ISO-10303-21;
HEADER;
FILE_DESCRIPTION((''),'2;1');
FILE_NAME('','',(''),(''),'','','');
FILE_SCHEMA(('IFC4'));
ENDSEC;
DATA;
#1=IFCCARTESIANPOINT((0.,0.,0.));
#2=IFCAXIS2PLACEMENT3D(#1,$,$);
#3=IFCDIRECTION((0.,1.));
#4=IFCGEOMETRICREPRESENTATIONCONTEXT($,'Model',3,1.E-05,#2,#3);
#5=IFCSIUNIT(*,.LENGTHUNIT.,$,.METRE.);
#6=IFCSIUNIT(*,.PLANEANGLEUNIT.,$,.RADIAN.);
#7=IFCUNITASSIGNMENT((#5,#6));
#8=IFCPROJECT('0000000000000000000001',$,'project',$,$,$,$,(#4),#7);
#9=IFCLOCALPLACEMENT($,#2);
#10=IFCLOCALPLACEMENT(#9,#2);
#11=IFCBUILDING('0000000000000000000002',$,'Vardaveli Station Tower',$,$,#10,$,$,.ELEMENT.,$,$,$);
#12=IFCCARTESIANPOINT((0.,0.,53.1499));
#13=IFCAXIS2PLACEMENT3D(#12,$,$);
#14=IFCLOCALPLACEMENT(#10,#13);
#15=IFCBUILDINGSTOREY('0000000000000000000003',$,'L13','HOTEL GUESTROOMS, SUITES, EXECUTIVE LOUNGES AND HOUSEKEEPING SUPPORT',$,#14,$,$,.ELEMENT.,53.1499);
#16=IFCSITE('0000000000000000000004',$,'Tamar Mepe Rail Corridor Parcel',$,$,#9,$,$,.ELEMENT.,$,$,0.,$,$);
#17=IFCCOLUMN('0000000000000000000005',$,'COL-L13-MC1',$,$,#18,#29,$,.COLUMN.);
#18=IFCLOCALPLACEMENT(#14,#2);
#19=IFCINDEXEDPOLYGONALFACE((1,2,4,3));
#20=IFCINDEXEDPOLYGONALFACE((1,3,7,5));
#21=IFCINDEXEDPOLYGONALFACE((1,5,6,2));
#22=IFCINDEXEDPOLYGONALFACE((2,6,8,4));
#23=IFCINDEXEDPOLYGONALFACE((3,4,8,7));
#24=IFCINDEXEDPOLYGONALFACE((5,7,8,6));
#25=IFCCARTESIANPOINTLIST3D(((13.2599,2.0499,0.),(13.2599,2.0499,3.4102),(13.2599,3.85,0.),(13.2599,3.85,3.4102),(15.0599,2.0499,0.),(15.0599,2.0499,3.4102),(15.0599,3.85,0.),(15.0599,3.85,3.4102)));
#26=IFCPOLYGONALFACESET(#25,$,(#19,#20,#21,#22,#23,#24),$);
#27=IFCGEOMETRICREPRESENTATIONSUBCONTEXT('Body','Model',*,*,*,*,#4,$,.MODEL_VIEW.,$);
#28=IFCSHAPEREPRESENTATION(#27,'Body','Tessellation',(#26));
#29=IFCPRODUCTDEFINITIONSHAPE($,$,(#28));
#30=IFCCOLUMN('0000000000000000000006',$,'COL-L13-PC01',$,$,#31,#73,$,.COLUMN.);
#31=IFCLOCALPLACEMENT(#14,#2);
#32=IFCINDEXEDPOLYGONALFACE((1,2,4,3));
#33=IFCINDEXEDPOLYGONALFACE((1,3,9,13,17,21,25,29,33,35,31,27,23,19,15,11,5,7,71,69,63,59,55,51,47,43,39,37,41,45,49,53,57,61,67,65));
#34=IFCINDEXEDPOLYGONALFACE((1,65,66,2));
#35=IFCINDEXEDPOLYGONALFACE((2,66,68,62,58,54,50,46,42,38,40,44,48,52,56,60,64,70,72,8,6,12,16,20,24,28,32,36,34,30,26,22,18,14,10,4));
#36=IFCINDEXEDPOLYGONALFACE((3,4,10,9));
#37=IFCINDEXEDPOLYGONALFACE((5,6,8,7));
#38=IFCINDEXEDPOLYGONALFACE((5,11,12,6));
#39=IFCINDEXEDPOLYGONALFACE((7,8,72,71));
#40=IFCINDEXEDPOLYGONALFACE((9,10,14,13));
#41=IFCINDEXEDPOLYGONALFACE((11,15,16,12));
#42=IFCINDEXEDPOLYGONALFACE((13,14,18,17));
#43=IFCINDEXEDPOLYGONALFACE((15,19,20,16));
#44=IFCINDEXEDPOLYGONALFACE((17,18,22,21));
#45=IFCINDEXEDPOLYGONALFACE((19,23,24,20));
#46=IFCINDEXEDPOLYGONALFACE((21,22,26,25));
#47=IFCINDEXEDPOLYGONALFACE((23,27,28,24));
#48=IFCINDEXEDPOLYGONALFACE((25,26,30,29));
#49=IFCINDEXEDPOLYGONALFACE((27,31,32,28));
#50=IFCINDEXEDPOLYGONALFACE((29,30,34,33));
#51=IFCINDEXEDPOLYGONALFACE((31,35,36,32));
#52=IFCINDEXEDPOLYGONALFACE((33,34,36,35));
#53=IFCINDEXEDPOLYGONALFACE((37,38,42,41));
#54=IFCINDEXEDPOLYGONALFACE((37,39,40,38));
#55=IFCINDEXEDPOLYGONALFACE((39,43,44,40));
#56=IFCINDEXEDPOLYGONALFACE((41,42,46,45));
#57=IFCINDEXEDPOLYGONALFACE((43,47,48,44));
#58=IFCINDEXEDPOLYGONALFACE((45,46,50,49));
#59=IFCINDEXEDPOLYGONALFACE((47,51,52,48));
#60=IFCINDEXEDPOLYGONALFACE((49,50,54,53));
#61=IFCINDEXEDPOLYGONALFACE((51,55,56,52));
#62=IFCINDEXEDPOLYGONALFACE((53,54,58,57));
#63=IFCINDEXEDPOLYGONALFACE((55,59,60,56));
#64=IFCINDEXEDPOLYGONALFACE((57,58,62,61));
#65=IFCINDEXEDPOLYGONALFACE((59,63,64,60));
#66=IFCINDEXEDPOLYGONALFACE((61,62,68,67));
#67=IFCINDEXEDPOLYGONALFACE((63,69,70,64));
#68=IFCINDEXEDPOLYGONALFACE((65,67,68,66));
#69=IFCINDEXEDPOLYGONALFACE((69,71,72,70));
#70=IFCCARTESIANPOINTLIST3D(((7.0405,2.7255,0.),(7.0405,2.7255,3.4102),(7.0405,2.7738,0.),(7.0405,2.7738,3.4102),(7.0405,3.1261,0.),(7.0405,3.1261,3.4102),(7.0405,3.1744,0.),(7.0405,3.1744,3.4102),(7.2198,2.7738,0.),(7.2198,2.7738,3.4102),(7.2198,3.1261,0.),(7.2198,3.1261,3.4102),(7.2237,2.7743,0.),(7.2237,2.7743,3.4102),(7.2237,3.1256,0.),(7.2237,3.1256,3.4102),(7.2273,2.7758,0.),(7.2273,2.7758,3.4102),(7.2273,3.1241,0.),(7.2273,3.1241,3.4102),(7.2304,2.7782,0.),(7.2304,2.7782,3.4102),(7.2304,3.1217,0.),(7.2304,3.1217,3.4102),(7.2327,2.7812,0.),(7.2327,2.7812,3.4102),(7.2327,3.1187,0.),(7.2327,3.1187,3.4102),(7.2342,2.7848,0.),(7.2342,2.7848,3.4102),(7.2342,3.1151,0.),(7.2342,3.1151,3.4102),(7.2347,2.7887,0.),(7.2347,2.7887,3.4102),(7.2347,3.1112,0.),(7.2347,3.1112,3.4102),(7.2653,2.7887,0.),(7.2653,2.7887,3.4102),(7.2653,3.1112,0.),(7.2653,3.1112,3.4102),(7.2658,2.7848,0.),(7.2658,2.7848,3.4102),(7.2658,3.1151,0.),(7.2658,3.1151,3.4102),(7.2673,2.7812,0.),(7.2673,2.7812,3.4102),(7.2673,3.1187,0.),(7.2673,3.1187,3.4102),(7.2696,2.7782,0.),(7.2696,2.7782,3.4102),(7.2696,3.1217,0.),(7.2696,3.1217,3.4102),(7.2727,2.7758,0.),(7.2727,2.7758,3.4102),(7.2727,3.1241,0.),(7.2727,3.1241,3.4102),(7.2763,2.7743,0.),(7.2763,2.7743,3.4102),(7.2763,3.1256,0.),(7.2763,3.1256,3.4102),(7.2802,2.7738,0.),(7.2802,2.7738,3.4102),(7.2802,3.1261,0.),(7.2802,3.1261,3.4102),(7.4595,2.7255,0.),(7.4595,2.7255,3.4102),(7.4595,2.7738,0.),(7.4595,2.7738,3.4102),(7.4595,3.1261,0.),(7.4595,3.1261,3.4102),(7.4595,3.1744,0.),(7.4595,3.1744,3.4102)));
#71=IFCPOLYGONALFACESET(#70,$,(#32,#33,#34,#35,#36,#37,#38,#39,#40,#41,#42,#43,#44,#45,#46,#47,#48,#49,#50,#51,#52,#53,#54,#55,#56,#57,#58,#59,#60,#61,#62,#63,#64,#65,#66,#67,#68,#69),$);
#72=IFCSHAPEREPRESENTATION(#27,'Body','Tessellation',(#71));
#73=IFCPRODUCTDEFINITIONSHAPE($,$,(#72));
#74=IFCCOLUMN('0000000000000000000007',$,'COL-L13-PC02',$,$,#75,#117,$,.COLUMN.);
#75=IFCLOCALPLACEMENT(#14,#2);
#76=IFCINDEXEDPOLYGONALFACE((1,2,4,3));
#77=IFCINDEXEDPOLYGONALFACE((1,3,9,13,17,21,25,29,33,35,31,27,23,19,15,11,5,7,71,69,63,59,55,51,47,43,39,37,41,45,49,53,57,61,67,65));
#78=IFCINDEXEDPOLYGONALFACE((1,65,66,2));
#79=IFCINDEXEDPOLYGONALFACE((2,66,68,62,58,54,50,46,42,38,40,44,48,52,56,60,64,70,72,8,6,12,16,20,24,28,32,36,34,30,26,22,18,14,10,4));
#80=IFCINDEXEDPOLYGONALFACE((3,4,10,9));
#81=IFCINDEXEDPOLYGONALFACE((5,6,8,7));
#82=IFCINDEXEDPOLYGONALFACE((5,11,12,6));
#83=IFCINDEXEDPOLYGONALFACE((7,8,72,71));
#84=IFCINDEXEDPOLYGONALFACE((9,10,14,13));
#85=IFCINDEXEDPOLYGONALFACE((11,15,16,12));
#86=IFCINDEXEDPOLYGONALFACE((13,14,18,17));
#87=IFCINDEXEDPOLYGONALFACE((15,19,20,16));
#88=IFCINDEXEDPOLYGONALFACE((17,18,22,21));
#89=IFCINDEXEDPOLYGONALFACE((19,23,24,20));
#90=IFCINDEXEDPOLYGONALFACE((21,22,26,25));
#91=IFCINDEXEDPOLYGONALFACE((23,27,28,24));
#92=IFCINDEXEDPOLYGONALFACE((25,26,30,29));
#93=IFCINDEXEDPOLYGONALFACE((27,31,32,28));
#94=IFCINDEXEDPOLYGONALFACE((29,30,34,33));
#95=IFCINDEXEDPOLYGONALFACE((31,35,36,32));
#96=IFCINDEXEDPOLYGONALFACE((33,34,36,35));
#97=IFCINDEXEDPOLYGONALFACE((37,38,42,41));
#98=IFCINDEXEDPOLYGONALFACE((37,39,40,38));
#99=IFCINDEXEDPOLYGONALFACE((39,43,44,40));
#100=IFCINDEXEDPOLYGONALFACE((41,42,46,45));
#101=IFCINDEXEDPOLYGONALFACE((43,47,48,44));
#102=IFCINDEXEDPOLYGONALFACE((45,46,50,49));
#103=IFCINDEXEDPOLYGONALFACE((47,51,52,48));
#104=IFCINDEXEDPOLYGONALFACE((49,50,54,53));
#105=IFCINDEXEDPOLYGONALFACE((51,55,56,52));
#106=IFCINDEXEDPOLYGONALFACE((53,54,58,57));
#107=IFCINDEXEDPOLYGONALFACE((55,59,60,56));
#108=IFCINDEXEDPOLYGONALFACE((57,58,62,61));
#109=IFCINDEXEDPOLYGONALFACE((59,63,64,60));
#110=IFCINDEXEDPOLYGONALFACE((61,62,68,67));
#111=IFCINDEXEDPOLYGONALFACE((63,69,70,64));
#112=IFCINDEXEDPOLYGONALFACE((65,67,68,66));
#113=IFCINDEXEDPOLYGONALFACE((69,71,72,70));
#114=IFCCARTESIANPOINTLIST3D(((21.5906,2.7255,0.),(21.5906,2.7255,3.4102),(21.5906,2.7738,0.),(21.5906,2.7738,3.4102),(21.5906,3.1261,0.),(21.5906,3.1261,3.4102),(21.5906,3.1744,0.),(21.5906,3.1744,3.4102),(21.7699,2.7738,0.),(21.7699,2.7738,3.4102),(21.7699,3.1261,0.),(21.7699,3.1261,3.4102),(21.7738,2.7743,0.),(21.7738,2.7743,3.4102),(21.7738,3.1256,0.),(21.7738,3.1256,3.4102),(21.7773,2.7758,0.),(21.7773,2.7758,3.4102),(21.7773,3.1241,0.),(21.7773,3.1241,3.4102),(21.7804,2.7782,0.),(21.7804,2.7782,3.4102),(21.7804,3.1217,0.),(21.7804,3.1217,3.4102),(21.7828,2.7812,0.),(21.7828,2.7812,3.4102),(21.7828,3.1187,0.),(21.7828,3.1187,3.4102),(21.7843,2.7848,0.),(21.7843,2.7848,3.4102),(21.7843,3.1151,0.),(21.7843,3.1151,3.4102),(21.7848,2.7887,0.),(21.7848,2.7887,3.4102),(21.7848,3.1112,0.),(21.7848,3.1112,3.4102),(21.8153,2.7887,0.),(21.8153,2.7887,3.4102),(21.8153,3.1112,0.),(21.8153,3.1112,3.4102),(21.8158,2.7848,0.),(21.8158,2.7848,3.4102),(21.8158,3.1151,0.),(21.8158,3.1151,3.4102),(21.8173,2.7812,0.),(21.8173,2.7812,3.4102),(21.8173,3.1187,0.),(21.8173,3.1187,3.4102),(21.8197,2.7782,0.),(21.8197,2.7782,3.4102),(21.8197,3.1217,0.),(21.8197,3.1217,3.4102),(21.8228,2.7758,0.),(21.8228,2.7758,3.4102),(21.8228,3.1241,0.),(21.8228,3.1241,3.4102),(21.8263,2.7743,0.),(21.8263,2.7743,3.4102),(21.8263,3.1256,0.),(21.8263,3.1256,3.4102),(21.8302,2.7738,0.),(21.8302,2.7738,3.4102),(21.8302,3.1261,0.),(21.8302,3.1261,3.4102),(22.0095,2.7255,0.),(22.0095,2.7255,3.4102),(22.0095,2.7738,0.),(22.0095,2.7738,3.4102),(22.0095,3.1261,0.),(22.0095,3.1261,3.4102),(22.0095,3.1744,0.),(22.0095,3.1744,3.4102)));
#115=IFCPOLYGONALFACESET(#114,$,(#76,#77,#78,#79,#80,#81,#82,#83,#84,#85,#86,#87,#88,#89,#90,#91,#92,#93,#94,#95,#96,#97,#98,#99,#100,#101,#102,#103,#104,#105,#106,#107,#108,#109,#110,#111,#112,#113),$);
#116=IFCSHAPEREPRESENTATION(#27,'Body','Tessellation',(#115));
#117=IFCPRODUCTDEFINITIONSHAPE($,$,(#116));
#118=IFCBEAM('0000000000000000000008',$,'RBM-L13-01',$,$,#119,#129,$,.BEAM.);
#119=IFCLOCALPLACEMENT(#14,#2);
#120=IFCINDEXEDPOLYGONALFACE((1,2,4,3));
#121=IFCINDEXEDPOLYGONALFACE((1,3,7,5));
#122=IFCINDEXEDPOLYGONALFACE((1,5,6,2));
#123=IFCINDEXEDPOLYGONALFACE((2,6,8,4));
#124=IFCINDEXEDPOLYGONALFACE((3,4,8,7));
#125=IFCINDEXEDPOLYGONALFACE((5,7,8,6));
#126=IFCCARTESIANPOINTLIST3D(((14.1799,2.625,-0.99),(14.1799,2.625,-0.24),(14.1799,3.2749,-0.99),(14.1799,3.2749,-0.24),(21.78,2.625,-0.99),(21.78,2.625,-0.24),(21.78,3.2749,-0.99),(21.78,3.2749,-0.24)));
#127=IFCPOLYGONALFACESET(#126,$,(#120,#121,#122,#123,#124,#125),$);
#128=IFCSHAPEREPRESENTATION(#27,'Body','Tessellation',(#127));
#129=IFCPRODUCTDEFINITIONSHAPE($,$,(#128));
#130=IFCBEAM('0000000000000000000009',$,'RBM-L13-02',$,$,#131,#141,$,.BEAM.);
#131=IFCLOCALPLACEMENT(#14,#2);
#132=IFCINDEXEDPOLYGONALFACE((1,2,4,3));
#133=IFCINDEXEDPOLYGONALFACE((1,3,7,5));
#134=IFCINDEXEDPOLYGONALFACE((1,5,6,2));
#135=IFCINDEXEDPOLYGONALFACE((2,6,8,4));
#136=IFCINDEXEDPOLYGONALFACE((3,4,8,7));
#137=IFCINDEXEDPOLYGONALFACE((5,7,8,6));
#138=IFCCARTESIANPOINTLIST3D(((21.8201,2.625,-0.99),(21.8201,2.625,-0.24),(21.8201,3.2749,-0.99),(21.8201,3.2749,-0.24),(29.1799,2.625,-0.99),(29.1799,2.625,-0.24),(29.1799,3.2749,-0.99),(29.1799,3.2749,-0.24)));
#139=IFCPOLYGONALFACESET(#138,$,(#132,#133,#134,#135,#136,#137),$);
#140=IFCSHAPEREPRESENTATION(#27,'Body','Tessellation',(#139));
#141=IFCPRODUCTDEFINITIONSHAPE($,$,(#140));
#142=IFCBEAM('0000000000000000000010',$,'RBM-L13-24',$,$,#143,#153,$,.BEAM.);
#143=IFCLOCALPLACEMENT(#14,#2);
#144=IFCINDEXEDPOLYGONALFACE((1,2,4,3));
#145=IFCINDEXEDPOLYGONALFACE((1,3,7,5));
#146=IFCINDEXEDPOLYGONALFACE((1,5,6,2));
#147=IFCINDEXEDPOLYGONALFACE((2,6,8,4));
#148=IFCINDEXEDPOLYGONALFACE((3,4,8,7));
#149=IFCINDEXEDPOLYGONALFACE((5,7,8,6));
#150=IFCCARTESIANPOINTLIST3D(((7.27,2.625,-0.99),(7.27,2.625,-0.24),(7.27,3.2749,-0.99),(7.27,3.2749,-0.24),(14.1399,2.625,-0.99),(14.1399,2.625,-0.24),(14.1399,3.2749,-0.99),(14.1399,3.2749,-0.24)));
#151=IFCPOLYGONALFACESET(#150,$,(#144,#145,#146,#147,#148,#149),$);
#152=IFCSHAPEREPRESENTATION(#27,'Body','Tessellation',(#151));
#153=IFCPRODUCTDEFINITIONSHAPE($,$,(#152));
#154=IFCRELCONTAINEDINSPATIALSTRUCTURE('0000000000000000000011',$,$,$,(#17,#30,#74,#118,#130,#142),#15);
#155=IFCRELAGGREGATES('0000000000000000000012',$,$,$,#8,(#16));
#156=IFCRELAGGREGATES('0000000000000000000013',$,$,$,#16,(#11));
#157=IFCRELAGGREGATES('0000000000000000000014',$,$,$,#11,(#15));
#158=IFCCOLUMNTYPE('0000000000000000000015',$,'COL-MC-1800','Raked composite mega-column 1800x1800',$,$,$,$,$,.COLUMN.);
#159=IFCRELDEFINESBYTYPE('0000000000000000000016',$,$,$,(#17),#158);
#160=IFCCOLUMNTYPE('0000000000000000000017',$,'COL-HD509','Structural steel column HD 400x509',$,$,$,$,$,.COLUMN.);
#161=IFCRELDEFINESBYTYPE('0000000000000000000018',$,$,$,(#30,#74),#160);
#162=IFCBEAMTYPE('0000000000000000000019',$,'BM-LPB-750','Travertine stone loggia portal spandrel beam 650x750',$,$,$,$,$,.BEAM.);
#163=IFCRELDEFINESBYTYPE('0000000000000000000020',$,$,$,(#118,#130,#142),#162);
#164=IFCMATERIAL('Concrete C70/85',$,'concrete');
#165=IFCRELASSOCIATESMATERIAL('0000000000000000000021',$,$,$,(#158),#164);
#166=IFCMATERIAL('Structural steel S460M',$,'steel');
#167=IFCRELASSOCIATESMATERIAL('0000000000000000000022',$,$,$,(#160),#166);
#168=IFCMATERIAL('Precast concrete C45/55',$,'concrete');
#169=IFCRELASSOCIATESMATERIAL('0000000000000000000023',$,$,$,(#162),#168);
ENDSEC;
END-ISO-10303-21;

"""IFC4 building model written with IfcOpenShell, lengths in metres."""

from ifc_helpers import new_model, si_unit, direction, frame, origin, origin_2d, place, context, subcontext, project, spatial, rectangle, i_section, extrude, source, transform, mapped, material, material_profile, profile_set, type_object, element, save


model = new_model("IFC4")

# Units and contexts
model_context = context("Model", 3, precision=1e-05, world=origin(), true_north=direction((0.0, 1.0)))
body_context = subcontext(model_context, "Body", "Model", "MODEL_VIEW")
ifc_project = project(units=[si_unit("LENGTHUNIT", "METRE"), si_unit("PLANEANGLEUNIT", "RADIAN")], contexts=[model_context])

# Site, building, storey
site_placement = place(None, origin())
site = spatial("IfcSite", under=ifc_project, at=site_placement, Name="Tamar Mepe Rail Corridor Parcel", CompositionType="ELEMENT", RefElevation=0.0)
building_placement = place(site_placement, origin())
building = spatial("IfcBuilding", under=site, at=building_placement, Name="Vardaveli Station Tower", CompositionType="ELEMENT")
storey_placement = place(building_placement, frame((0.0, 0.0, 53.1499)))
storey = spatial("IfcBuildingStorey", under=building, at=storey_placement, Name="L13", Description="HOTEL GUESTROOMS, SUITES, EXECUTIVE LOUNGES AND HOUSEKEEPING SUPPORT", CompositionType="ELEMENT", Elevation=53.1499)

# Columns
ifc_material_1 = material(Name="Concrete C70/85", Category="concrete")
ifc_material_profile_1 = material_profile(ifc_material_1, rectangle(XDim=1.8, YDim=1.8, at=origin_2d()), Name="MC 1800x1800")
ifc_profile_set_1 = profile_set([ifc_material_profile_1], Name="Concrete C70/85")
column_type_1 = type_object("IfcColumnType", Name="COL-MC-1800", Description="Raked composite mega-column 1800x1800", PredefinedType="COLUMN", material=ifc_profile_set_1)
shared_shape_1 = source(origin(), body_context, "Body", "SweptSolid", [
    extrude(rectangle(XDim=1.8, YDim=1.8, at=origin_2d()), origin(), (0.0, 0.0, 1.0), 3.4102),
])
column_placement = place(storey_placement, frame((14.1599, 2.95, 0.0), z_axis=(0.0, 0.0, 1.0), x_axis=(1.0, 0.0, 0.0)))
element("IfcColumn", 1, at=column_placement, inside=storey, type_object=column_type_1, Name="COL-L13-MC1", PredefinedType="COLUMN", context=body_context, shape_type="MappedRepresentation", body=[
    mapped(shared_shape_1, transform((0.0, 0.0, 0.0), scale=1.0)),
])
ifc_material_2 = material(Name="Structural steel S460M", Category="steel")
ifc_material_profile_2 = material_profile(ifc_material_2, i_section(OverallWidth=0.4189, OverallDepth=0.449, WebThickness=0.0305, FlangeThickness=0.0483, FilletRadius=0.0149, at=origin_2d()), Name="HD 400x509")
ifc_profile_set_2 = profile_set([ifc_material_profile_2], Name="Structural steel S460M")
column_type_2 = type_object("IfcColumnType", Name="COL-HD509", Description="Structural steel column HD 400x509", PredefinedType="COLUMN", material=ifc_profile_set_2)
shared_shape_2 = source(origin(), body_context, "Body", "SweptSolid", [
    extrude(i_section(OverallWidth=0.4189, OverallDepth=0.449, WebThickness=0.0305, FlangeThickness=0.0483, FilletRadius=0.0149, at=origin_2d()), origin(), (0.0, 0.0, 1.0), 3.4102),
])
for number, where, z_axis, x_axis, name in (
    (2, (7.25, 2.95, 0.0), (0.0, 0.0, 1.0), (1.0, 0.0, 0.0), "COL-L13-PC01"),
    (3, (21.8, 2.95, 0.0), (0.0, 0.0, 1.0), (1.0, 0.0, 0.0), "COL-L13-PC02"),
):
    element("IfcColumn", number, at=place(storey_placement, frame(where, z_axis=z_axis, x_axis=x_axis)), inside=storey, type_object=column_type_2, Name=name, PredefinedType="COLUMN", context=body_context, shape_type="MappedRepresentation", body=[
        mapped(shared_shape_2, transform((0.0, 0.0, 0.0), scale=1.0)),
    ])

# Beams
ifc_material_3 = material(Name="Precast concrete C45/55", Category="concrete")
ifc_material_profile_3 = material_profile(ifc_material_3, rectangle(XDim=0.6499, YDim=0.75, at=origin_2d()), Name="LPB 650x750")
ifc_profile_set_3 = profile_set([ifc_material_profile_3], Name="Precast concrete C45/55")
beam_type_1 = type_object("IfcBeamType", Name="BM-LPB-750", Description="Travertine stone loggia portal spandrel beam 650x750", PredefinedType="BEAM", material=ifc_profile_set_3)
shared_shape_3 = source(origin(), body_context, "Body", "SweptSolid", [
    extrude(rectangle(XDim=0.6499, YDim=0.75, at=origin_2d()), origin(), (0.0, 0.0, 1.0), 7.6001),
])
beam_1_placement = place(storey_placement, frame((14.1799, 2.95, -0.615), z_axis=(1.0, 0.0, 0.0), x_axis=(0.0, 1.0, 0.0)))
element("IfcBeam", 4, at=beam_1_placement, inside=storey, type_object=beam_type_1, Name="RBM-L13-01", PredefinedType="BEAM", context=body_context, shape_type="MappedRepresentation", body=[
    mapped(shared_shape_3, transform((0.0, 0.0, 0.0), scale=1.0)),
])
shared_shape_4 = source(origin(), body_context, "Body", "SweptSolid", [
    extrude(rectangle(XDim=0.6499, YDim=0.75, at=origin_2d()), origin(), (0.0, 0.0, 1.0), 7.3599),
])
beam_2_placement = place(storey_placement, frame((21.8201, 2.95, -0.615), z_axis=(1.0, 0.0, 0.0), x_axis=(0.0, 1.0, 0.0)))
element("IfcBeam", 5, at=beam_2_placement, inside=storey, type_object=beam_type_1, Name="RBM-L13-02", PredefinedType="BEAM", context=body_context, shape_type="MappedRepresentation", body=[
    mapped(shared_shape_4, transform((0.0, 0.0, 0.0), scale=1.0)),
])
shared_shape_5 = source(origin(), body_context, "Body", "SweptSolid", [
    extrude(rectangle(XDim=0.6499, YDim=0.75, at=origin_2d()), origin(), (0.0, 0.0, 1.0), 6.8699),
])
beam_3_placement = place(storey_placement, frame((7.27, 2.95, -0.615), z_axis=(1.0, 0.0, 0.0), x_axis=(0.0, 1.0, 0.0)))
element("IfcBeam", 6, at=beam_3_placement, inside=storey, type_object=beam_type_1, Name="RBM-L13-24", PredefinedType="BEAM", context=body_context, shape_type="MappedRepresentation", body=[
    mapped(shared_shape_5, transform((0.0, 0.0, 0.0), scale=1.0)),
])

save(model, "model.ifc")
